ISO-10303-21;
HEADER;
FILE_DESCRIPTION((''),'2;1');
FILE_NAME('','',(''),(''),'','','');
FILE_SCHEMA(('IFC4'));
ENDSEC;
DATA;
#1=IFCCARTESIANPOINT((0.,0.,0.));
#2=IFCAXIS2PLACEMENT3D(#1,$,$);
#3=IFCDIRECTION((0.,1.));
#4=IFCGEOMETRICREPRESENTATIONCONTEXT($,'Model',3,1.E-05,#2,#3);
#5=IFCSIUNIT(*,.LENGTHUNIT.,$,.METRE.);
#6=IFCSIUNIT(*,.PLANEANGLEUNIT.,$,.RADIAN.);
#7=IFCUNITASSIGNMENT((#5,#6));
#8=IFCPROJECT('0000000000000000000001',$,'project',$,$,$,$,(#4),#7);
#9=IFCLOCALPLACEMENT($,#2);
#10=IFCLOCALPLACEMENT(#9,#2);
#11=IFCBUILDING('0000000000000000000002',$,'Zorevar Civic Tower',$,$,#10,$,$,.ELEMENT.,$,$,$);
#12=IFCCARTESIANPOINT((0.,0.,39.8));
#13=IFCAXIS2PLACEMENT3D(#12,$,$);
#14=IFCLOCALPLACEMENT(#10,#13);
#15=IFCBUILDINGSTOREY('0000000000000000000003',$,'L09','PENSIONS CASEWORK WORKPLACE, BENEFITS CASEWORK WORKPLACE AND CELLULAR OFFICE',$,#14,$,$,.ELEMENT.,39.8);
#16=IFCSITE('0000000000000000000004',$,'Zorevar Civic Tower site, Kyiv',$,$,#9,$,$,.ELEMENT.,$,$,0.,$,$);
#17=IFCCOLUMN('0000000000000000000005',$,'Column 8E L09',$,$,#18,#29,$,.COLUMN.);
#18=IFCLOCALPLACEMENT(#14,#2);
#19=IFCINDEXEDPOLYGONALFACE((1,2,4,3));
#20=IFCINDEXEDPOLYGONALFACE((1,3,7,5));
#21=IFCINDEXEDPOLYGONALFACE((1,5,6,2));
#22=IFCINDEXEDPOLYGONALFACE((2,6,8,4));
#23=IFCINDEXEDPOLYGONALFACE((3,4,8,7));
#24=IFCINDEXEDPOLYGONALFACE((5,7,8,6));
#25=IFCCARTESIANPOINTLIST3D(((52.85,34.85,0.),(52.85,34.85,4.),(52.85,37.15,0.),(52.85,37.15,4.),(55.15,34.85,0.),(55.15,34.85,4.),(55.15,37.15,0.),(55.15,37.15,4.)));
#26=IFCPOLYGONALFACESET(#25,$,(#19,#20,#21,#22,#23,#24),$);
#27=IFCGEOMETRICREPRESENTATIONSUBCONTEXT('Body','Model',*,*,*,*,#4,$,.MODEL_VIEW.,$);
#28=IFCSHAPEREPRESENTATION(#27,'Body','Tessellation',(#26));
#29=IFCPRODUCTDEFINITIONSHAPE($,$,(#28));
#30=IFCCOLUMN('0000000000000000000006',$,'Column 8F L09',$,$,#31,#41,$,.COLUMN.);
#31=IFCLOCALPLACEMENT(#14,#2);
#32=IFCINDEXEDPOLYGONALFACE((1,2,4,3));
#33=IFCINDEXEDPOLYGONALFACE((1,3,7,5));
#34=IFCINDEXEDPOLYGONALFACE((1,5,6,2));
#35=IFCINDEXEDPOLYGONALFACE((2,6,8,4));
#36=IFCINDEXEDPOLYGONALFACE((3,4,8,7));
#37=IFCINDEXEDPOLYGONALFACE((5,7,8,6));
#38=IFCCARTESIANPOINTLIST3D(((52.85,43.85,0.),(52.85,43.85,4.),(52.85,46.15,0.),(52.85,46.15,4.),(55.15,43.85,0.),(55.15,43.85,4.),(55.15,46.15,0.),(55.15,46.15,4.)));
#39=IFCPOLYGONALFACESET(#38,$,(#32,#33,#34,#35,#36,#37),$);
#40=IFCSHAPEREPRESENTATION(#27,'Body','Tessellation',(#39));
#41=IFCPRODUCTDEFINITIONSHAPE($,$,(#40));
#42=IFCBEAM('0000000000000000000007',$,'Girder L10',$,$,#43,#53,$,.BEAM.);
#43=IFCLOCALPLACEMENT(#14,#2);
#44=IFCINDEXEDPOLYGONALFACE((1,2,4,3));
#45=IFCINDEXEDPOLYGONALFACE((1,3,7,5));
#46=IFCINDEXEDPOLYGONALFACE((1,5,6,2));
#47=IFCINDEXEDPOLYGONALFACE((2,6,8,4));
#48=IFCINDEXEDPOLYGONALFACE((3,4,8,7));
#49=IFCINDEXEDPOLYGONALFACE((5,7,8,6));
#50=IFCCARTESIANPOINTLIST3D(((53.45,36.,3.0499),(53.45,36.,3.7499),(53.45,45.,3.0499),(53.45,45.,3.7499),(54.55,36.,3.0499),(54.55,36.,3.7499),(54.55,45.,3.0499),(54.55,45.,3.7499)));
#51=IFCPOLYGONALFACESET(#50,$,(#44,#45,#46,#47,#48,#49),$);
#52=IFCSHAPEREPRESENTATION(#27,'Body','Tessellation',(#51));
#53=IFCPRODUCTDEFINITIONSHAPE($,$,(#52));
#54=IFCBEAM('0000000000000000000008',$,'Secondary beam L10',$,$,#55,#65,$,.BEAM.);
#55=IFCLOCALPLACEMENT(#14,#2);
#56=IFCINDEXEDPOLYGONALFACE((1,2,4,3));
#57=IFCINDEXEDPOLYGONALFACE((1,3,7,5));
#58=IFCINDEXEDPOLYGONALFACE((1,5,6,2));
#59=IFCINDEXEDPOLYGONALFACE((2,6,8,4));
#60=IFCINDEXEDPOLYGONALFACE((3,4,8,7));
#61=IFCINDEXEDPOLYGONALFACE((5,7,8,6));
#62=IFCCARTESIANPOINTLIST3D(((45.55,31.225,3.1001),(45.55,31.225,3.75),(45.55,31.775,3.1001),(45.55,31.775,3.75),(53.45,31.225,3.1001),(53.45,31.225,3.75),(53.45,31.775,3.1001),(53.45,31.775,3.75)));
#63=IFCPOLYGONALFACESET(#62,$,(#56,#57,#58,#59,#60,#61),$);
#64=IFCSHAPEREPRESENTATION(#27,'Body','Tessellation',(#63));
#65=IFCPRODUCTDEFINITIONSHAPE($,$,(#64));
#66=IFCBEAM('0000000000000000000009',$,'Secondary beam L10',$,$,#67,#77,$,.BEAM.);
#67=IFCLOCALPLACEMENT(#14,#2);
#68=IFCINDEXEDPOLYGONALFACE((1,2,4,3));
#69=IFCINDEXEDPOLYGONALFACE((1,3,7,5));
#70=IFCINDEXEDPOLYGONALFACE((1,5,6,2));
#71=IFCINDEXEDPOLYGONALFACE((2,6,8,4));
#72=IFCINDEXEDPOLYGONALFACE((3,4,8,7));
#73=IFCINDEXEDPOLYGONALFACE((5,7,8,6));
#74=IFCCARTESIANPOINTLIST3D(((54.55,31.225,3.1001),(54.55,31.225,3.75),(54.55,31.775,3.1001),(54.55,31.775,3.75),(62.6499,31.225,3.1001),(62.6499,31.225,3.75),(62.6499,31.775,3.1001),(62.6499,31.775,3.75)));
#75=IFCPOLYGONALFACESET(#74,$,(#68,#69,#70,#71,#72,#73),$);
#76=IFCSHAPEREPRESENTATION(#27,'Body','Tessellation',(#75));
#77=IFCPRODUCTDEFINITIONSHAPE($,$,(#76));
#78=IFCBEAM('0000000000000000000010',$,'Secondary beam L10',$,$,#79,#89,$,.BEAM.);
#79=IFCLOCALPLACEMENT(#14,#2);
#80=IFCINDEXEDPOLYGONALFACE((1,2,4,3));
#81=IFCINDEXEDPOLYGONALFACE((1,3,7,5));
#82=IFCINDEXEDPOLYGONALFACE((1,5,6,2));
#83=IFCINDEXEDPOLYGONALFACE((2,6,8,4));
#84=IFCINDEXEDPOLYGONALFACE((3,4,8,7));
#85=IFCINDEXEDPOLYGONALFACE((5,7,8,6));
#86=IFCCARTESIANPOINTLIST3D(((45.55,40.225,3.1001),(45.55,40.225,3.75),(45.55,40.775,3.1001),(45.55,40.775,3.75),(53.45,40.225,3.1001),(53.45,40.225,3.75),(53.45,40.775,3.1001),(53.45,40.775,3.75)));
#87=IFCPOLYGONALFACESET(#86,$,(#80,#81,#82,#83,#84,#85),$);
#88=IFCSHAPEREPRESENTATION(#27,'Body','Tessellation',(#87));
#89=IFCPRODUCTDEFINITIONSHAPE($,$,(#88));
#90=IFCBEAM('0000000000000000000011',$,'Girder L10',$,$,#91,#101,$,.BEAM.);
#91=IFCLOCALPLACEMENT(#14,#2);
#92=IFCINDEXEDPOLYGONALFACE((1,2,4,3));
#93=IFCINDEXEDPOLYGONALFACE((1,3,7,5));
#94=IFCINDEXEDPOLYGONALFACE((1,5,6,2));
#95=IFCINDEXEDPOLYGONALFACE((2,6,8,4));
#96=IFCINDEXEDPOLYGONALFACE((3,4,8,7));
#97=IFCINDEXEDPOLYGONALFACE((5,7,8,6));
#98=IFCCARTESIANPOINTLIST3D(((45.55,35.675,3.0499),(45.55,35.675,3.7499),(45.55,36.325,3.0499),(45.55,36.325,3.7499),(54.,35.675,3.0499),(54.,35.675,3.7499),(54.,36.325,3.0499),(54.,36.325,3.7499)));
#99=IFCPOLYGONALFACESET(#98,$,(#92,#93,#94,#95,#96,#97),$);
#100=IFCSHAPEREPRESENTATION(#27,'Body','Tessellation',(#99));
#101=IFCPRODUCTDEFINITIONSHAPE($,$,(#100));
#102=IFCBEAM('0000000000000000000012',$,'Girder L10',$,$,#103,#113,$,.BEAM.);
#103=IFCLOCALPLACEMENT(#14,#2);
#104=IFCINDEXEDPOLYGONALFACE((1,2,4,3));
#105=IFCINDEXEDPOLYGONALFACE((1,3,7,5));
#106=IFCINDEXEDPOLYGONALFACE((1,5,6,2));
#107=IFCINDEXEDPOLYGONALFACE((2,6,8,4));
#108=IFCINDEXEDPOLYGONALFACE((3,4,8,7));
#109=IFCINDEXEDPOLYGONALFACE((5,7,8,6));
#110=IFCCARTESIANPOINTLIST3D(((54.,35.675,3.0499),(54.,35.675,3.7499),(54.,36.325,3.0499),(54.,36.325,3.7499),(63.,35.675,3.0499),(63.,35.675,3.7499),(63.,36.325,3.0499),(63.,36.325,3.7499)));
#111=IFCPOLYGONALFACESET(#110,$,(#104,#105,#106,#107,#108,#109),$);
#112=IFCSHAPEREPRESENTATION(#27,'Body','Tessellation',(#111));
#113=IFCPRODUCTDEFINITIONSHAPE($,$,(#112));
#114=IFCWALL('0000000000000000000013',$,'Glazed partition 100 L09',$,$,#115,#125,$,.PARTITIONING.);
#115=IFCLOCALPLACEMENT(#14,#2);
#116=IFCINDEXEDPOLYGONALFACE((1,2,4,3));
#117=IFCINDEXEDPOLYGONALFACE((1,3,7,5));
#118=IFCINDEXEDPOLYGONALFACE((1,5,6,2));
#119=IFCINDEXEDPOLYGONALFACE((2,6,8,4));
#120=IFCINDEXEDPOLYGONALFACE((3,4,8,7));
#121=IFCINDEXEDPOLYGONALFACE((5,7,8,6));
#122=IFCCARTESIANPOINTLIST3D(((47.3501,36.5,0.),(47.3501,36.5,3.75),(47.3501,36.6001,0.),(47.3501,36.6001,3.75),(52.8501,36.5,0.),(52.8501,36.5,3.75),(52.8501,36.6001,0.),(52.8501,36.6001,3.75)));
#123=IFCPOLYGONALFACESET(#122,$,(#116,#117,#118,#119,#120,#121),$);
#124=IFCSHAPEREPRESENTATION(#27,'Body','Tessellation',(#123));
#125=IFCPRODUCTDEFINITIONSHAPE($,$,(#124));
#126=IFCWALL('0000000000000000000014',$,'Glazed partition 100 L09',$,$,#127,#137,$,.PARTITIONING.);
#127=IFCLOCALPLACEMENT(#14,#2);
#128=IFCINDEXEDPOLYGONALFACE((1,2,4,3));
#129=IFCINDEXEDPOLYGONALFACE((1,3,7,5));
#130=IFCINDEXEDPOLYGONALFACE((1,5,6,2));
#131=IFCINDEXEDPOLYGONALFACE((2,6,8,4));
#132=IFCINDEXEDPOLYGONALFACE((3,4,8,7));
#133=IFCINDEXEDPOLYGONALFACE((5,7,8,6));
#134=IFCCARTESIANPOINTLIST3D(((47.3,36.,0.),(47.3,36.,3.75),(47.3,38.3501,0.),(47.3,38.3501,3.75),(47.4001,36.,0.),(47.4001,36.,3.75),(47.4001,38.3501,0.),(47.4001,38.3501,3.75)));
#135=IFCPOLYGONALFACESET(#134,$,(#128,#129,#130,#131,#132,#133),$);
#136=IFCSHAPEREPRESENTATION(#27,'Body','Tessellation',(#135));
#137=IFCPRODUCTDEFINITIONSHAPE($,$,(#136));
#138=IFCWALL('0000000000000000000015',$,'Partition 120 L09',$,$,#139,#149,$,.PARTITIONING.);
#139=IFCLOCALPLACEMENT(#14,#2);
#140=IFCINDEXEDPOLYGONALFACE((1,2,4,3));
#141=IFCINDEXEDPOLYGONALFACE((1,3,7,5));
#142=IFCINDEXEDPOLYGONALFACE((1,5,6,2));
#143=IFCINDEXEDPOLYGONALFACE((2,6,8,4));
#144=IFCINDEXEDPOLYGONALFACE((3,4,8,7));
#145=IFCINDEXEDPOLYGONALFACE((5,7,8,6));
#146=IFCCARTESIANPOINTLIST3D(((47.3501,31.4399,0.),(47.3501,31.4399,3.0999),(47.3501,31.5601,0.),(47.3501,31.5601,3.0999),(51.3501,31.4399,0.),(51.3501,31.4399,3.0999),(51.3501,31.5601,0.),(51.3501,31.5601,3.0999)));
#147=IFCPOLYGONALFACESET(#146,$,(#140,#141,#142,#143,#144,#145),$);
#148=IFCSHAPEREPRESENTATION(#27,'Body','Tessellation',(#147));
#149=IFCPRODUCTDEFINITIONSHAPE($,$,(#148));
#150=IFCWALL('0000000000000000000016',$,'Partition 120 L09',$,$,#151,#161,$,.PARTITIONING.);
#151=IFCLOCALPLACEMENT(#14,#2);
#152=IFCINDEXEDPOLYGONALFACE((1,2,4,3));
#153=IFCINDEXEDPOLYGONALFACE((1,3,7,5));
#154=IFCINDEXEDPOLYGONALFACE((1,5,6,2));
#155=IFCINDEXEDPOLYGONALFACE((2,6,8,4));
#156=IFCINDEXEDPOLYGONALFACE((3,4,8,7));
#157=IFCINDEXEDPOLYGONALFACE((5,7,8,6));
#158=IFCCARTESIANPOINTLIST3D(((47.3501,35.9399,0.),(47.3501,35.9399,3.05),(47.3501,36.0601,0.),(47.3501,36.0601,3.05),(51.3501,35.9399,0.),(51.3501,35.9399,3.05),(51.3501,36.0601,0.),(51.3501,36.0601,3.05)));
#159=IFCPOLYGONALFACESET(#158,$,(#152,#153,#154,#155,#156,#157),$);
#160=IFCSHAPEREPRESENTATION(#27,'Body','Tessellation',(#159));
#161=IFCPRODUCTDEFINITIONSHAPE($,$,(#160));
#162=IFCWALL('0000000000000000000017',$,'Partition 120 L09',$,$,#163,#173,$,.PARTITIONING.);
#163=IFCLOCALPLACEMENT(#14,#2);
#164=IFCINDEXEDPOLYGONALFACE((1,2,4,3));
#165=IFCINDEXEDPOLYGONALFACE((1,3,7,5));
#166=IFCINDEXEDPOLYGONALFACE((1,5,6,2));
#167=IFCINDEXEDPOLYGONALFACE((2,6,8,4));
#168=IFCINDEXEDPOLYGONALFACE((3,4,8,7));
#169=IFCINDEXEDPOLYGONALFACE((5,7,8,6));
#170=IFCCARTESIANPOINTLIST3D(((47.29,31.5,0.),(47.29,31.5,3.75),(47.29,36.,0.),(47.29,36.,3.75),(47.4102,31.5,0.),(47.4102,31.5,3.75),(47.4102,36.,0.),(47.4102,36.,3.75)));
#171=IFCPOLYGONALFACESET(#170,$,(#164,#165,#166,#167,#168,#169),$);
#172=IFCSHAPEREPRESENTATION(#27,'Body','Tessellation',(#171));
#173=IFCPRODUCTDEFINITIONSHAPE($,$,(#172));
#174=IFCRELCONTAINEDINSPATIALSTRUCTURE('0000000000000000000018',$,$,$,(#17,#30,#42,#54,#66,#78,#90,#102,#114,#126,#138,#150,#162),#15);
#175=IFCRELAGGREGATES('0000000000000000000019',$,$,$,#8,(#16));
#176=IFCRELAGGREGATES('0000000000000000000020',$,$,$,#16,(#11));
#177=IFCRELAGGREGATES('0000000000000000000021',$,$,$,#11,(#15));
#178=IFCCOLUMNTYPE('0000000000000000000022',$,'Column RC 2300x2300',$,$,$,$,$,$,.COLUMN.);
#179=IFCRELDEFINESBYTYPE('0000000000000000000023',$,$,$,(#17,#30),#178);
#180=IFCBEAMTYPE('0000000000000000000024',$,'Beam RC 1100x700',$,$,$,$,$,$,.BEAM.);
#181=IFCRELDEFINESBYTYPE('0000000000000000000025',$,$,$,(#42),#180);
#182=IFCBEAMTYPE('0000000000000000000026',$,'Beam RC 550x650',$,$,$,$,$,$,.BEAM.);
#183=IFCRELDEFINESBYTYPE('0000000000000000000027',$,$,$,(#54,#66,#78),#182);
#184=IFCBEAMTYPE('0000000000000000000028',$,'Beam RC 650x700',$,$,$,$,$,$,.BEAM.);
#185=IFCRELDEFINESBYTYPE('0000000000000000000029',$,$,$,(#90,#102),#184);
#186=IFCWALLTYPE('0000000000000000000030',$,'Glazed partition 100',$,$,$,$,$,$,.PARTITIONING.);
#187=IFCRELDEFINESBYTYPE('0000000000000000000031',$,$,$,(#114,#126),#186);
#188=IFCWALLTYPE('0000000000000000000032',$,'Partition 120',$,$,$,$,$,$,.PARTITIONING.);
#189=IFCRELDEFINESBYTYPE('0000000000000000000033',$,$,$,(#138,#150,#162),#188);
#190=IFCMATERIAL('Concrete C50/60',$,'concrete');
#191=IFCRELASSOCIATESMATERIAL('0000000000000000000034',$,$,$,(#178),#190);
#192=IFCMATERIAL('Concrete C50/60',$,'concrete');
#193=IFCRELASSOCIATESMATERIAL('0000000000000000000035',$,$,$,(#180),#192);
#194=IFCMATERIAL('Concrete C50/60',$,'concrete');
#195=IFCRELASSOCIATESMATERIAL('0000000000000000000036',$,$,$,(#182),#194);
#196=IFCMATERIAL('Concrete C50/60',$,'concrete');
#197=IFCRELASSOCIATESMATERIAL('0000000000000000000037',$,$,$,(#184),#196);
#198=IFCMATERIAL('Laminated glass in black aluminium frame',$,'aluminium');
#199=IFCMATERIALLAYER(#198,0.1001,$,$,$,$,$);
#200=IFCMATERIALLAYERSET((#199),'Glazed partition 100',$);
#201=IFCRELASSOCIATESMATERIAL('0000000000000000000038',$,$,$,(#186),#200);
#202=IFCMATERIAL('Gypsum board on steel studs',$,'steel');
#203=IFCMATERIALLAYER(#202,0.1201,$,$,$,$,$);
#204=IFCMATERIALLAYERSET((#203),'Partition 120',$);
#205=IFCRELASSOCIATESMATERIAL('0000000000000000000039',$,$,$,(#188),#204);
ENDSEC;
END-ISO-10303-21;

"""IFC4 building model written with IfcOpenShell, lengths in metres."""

from ifc_helpers import new_model, si_unit, direction, frame, frame_2d, origin, origin_2d, place, context, subcontext, project, spatial, rectangle, extrude, material, layer, layer_set, material_profile, profile_set, type_object, element, save


model = new_model("IFC4")

# Units and contexts
model_context = context("Model", 3, precision=1e-05, world=origin(), true_north=direction((0.0, 1.0)))
body_context = subcontext(model_context, "Body", "Model", "MODEL_VIEW")
ifc_project = project(units=[si_unit("LENGTHUNIT", "METRE"), si_unit("PLANEANGLEUNIT", "RADIAN")], contexts=[model_context])

# Site, building, storey
site_placement = place(None, origin())
site = spatial("IfcSite", under=ifc_project, at=site_placement, Name="Zorevar Civic Tower site, Kyiv", CompositionType="ELEMENT", RefElevation=0.0)
building_placement = place(site_placement, origin())
building = spatial("IfcBuilding", under=site, at=building_placement, Name="Zorevar Civic Tower", CompositionType="ELEMENT")
storey_placement = place(building_placement, frame((0.0, 0.0, 39.8)))
storey = spatial("IfcBuildingStorey", under=building, at=storey_placement, Name="L09", Description="PENSIONS CASEWORK WORKPLACE, BENEFITS CASEWORK WORKPLACE AND CELLULAR OFFICE", CompositionType="ELEMENT", Elevation=39.8)

# Columns
ifc_material_1 = material(Name="Concrete C50/60", Category="concrete")
ifc_material_profile_1 = material_profile(ifc_material_1, rectangle(XDim=2.3, YDim=2.3, at=origin_2d()), Name="RC 2300x2300")
ifc_profile_set_1 = profile_set([ifc_material_profile_1], Name="Concrete C50/60")
column_type = type_object("IfcColumnType", Name="Column RC 2300x2300", PredefinedType="COLUMN", material=ifc_profile_set_1)
for number, where, z_axis, x_axis, name in (
    (1, (54.0, 36.0, 0.0), (0.0, 0.0, 1.0), (1.0, 0.0, 0.0), "Column 8E L09"),
    (2, (54.0, 45.0, 0.0), (0.0, 0.0, 1.0), (1.0, 0.0, 0.0), "Column 8F L09"),
):
    element("IfcColumn", number, at=place(storey_placement, frame(where, z_axis=z_axis, x_axis=x_axis)), inside=storey, type_object=column_type, Name=name, PredefinedType="COLUMN", context=body_context, shape_type="SweptSolid", body=[
        extrude(rectangle(XDim=2.3, YDim=2.3, at=origin_2d()), origin(), (0.0, 0.0, 1.0), 4.0),
    ])

# Beams
ifc_material_2 = material(Name="Concrete C50/60", Category="concrete")
ifc_material_profile_2 = material_profile(ifc_material_2, rectangle(XDim=1.1001, YDim=0.7, at=origin_2d()), Name="RC 1100x700")
ifc_profile_set_2 = profile_set([ifc_material_profile_2], Name="Concrete C50/60")
beam_type_1 = type_object("IfcBeamType", Name="Beam RC 1100x700", PredefinedType="BEAM", material=ifc_profile_set_2)
beam_1_placement = place(storey_placement, frame((54.0, 36.0, 3.3999), z_axis=(0.0, 1.0, 0.0), x_axis=(-1.0, 0.0, 0.0)))
element("IfcBeam", 3, at=beam_1_placement, inside=storey, type_object=beam_type_1, Name="Girder L10", PredefinedType="BEAM", context=body_context, shape_type="SweptSolid", body=[
    extrude(rectangle(XDim=1.1001, YDim=0.7, at=origin_2d()), origin(), (0.0, 0.0, 1.0), 9.0),
])
ifc_material_3 = material(Name="Concrete C50/60", Category="concrete")
ifc_material_profile_3 = material_profile(ifc_material_3, rectangle(XDim=0.55, YDim=0.6499, at=origin_2d()), Name="RC 550x650")
ifc_profile_set_3 = profile_set([ifc_material_profile_3], Name="Concrete C50/60")
beam_type_2 = type_object("IfcBeamType", Name="Beam RC 550x650", PredefinedType="BEAM", material=ifc_profile_set_3)
beam_2_placement = place(storey_placement, frame((45.55, 31.5, 3.425), z_axis=(1.0, 0.0, 0.0), x_axis=(0.0, 1.0, 0.0)))
element("IfcBeam", 4, at=beam_2_placement, inside=storey, type_object=beam_type_2, Name="Secondary beam L10", PredefinedType="BEAM", context=body_context, shape_type="SweptSolid", body=[
    extrude(rectangle(XDim=0.55, YDim=0.6499, at=origin_2d()), origin(), (0.0, 0.0, 1.0), 7.8999),
])
beam_3_placement = place(storey_placement, frame((54.55, 31.5, 3.425), z_axis=(1.0, 0.0, 0.0), x_axis=(0.0, 1.0, 0.0)))
element("IfcBeam", 5, at=beam_3_placement, inside=storey, type_object=beam_type_2, Name="Secondary beam L10", PredefinedType="BEAM", context=body_context, shape_type="SweptSolid", body=[
    extrude(rectangle(XDim=0.55, YDim=0.6499, at=origin_2d()), origin(), (0.0, 0.0, 1.0), 8.0999),
])
beam_4_placement = place(storey_placement, frame((45.55, 40.5, 3.425), z_axis=(1.0, 0.0, 0.0), x_axis=(0.0, 1.0, 0.0)))
element("IfcBeam", 6, at=beam_4_placement, inside=storey, type_object=beam_type_2, Name="Secondary beam L10", PredefinedType="BEAM", context=body_context, shape_type="SweptSolid", body=[
    extrude(rectangle(XDim=0.55, YDim=0.6499, at=origin_2d()), origin(), (0.0, 0.0, 1.0), 7.8999),
])
ifc_material_4 = material(Name="Concrete C50/60", Category="concrete")
ifc_material_profile_4 = material_profile(ifc_material_4, rectangle(XDim=0.6499, YDim=0.7, at=origin_2d()), Name="RC 650x700")
ifc_profile_set_4 = profile_set([ifc_material_profile_4], Name="Concrete C50/60")
beam_type_3 = type_object("IfcBeamType", Name="Beam RC 650x700", PredefinedType="BEAM", material=ifc_profile_set_4)
beam_5_placement = place(storey_placement, frame((45.55, 36.0, 3.3999), z_axis=(1.0, 0.0, 0.0), x_axis=(0.0, 1.0, 0.0)))
element("IfcBeam", 7, at=beam_5_placement, inside=storey, type_object=beam_type_3, Name="Girder L10", PredefinedType="BEAM", context=body_context, shape_type="SweptSolid", body=[
    extrude(rectangle(XDim=0.6499, YDim=0.7, at=origin_2d()), origin(), (0.0, 0.0, 1.0), 8.45),
])
beam_6_placement = place(storey_placement, frame((54.0, 36.0, 3.3999), z_axis=(1.0, 0.0, 0.0), x_axis=(0.0, 1.0, 0.0)))
element("IfcBeam", 8, at=beam_6_placement, inside=storey, type_object=beam_type_3, Name="Girder L10", PredefinedType="BEAM", context=body_context, shape_type="SweptSolid", body=[
    extrude(rectangle(XDim=0.6499, YDim=0.7, at=origin_2d()), origin(), (0.0, 0.0, 1.0), 9.0),
])

# Walls
ifc_material_5 = material(Name="Laminated glass in black aluminium frame", Category="aluminium")
ifc_layer_1 = layer(ifc_material_5, 0.1001)
ifc_layer_set_1 = layer_set([ifc_layer_1], Name="Glazed partition 100")
wall_type_1 = type_object("IfcWallType", Name="Glazed partition 100", PredefinedType="PARTITIONING", material=ifc_layer_set_1)
wall_1_placement = place(storey_placement, frame((47.3501, 36.55, 0.0), z_axis=(0.0, 0.0, 1.0), x_axis=(1.0, 0.0, 0.0)))
element("IfcWall", 9, at=wall_1_placement, inside=storey, type_object=wall_type_1, Name="Glazed partition 100 L09", PredefinedType="PARTITIONING", context=body_context, shape_type="SweptSolid", body=[
    extrude(rectangle(XDim=5.5, YDim=0.1001, at=frame_2d((2.75, 0.0))), origin(), (0.0, 0.0, 1.0), 3.75),
])
wall_2_placement = place(storey_placement, frame((47.3501, 36.0, 0.0), z_axis=(0.0, 0.0, 1.0), x_axis=(0.0, 1.0, 0.0)))
element("IfcWall", 10, at=wall_2_placement, inside=storey, type_object=wall_type_1, Name="Glazed partition 100 L09", PredefinedType="PARTITIONING", context=body_context, shape_type="SweptSolid", body=[
    extrude(rectangle(XDim=2.3501, YDim=0.1001, at=frame_2d((1.175, 0.0))), origin(), (0.0, 0.0, 1.0), 3.75),
])
ifc_material_6 = material(Name="Gypsum board on steel studs", Category="steel")
ifc_layer_2 = layer(ifc_material_6, 0.1201)
ifc_layer_set_2 = layer_set([ifc_layer_2], Name="Partition 120")
wall_type_2 = type_object("IfcWallType", Name="Partition 120", PredefinedType="PARTITIONING", material=ifc_layer_set_2)
wall_3_placement = place(storey_placement, frame((47.3501, 31.5, 0.0), z_axis=(0.0, 0.0, 1.0), x_axis=(1.0, 0.0, 0.0)))
element("IfcWall", 11, at=wall_3_placement, inside=storey, type_object=wall_type_2, Name="Partition 120 L09", PredefinedType="PARTITIONING", context=body_context, shape_type="SweptSolid", body=[
    extrude(rectangle(XDim=4.0, YDim=0.1201, at=frame_2d((2.0, 0.0))), origin(), (0.0, 0.0, 1.0), 3.0999),
])
wall_4_placement = place(storey_placement, frame((47.3501, 36.0, 0.0), z_axis=(0.0, 0.0, 1.0), x_axis=(1.0, 0.0, 0.0)))
element("IfcWall", 12, at=wall_4_placement, inside=storey, type_object=wall_type_2, Name="Partition 120 L09", PredefinedType="PARTITIONING", context=body_context, shape_type="SweptSolid", body=[
    extrude(rectangle(XDim=4.0, YDim=0.1201, at=frame_2d((2.0, 0.0))), origin(), (0.0, 0.0, 1.0), 3.05),
])
wall_5_placement = place(storey_placement, frame((47.3501, 31.5, 0.0), z_axis=(0.0, 0.0, 1.0), x_axis=(0.0, 1.0, 0.0)))
element("IfcWall", 13, at=wall_5_placement, inside=storey, type_object=wall_type_2, Name="Partition 120 L09", PredefinedType="PARTITIONING", context=body_context, shape_type="SweptSolid", body=[
    extrude(rectangle(XDim=4.5, YDim=0.1201, at=frame_2d((2.25, 0.0))), origin(), (0.0, 0.0, 1.0), 3.75),
])

save(model, "model.ifc")
